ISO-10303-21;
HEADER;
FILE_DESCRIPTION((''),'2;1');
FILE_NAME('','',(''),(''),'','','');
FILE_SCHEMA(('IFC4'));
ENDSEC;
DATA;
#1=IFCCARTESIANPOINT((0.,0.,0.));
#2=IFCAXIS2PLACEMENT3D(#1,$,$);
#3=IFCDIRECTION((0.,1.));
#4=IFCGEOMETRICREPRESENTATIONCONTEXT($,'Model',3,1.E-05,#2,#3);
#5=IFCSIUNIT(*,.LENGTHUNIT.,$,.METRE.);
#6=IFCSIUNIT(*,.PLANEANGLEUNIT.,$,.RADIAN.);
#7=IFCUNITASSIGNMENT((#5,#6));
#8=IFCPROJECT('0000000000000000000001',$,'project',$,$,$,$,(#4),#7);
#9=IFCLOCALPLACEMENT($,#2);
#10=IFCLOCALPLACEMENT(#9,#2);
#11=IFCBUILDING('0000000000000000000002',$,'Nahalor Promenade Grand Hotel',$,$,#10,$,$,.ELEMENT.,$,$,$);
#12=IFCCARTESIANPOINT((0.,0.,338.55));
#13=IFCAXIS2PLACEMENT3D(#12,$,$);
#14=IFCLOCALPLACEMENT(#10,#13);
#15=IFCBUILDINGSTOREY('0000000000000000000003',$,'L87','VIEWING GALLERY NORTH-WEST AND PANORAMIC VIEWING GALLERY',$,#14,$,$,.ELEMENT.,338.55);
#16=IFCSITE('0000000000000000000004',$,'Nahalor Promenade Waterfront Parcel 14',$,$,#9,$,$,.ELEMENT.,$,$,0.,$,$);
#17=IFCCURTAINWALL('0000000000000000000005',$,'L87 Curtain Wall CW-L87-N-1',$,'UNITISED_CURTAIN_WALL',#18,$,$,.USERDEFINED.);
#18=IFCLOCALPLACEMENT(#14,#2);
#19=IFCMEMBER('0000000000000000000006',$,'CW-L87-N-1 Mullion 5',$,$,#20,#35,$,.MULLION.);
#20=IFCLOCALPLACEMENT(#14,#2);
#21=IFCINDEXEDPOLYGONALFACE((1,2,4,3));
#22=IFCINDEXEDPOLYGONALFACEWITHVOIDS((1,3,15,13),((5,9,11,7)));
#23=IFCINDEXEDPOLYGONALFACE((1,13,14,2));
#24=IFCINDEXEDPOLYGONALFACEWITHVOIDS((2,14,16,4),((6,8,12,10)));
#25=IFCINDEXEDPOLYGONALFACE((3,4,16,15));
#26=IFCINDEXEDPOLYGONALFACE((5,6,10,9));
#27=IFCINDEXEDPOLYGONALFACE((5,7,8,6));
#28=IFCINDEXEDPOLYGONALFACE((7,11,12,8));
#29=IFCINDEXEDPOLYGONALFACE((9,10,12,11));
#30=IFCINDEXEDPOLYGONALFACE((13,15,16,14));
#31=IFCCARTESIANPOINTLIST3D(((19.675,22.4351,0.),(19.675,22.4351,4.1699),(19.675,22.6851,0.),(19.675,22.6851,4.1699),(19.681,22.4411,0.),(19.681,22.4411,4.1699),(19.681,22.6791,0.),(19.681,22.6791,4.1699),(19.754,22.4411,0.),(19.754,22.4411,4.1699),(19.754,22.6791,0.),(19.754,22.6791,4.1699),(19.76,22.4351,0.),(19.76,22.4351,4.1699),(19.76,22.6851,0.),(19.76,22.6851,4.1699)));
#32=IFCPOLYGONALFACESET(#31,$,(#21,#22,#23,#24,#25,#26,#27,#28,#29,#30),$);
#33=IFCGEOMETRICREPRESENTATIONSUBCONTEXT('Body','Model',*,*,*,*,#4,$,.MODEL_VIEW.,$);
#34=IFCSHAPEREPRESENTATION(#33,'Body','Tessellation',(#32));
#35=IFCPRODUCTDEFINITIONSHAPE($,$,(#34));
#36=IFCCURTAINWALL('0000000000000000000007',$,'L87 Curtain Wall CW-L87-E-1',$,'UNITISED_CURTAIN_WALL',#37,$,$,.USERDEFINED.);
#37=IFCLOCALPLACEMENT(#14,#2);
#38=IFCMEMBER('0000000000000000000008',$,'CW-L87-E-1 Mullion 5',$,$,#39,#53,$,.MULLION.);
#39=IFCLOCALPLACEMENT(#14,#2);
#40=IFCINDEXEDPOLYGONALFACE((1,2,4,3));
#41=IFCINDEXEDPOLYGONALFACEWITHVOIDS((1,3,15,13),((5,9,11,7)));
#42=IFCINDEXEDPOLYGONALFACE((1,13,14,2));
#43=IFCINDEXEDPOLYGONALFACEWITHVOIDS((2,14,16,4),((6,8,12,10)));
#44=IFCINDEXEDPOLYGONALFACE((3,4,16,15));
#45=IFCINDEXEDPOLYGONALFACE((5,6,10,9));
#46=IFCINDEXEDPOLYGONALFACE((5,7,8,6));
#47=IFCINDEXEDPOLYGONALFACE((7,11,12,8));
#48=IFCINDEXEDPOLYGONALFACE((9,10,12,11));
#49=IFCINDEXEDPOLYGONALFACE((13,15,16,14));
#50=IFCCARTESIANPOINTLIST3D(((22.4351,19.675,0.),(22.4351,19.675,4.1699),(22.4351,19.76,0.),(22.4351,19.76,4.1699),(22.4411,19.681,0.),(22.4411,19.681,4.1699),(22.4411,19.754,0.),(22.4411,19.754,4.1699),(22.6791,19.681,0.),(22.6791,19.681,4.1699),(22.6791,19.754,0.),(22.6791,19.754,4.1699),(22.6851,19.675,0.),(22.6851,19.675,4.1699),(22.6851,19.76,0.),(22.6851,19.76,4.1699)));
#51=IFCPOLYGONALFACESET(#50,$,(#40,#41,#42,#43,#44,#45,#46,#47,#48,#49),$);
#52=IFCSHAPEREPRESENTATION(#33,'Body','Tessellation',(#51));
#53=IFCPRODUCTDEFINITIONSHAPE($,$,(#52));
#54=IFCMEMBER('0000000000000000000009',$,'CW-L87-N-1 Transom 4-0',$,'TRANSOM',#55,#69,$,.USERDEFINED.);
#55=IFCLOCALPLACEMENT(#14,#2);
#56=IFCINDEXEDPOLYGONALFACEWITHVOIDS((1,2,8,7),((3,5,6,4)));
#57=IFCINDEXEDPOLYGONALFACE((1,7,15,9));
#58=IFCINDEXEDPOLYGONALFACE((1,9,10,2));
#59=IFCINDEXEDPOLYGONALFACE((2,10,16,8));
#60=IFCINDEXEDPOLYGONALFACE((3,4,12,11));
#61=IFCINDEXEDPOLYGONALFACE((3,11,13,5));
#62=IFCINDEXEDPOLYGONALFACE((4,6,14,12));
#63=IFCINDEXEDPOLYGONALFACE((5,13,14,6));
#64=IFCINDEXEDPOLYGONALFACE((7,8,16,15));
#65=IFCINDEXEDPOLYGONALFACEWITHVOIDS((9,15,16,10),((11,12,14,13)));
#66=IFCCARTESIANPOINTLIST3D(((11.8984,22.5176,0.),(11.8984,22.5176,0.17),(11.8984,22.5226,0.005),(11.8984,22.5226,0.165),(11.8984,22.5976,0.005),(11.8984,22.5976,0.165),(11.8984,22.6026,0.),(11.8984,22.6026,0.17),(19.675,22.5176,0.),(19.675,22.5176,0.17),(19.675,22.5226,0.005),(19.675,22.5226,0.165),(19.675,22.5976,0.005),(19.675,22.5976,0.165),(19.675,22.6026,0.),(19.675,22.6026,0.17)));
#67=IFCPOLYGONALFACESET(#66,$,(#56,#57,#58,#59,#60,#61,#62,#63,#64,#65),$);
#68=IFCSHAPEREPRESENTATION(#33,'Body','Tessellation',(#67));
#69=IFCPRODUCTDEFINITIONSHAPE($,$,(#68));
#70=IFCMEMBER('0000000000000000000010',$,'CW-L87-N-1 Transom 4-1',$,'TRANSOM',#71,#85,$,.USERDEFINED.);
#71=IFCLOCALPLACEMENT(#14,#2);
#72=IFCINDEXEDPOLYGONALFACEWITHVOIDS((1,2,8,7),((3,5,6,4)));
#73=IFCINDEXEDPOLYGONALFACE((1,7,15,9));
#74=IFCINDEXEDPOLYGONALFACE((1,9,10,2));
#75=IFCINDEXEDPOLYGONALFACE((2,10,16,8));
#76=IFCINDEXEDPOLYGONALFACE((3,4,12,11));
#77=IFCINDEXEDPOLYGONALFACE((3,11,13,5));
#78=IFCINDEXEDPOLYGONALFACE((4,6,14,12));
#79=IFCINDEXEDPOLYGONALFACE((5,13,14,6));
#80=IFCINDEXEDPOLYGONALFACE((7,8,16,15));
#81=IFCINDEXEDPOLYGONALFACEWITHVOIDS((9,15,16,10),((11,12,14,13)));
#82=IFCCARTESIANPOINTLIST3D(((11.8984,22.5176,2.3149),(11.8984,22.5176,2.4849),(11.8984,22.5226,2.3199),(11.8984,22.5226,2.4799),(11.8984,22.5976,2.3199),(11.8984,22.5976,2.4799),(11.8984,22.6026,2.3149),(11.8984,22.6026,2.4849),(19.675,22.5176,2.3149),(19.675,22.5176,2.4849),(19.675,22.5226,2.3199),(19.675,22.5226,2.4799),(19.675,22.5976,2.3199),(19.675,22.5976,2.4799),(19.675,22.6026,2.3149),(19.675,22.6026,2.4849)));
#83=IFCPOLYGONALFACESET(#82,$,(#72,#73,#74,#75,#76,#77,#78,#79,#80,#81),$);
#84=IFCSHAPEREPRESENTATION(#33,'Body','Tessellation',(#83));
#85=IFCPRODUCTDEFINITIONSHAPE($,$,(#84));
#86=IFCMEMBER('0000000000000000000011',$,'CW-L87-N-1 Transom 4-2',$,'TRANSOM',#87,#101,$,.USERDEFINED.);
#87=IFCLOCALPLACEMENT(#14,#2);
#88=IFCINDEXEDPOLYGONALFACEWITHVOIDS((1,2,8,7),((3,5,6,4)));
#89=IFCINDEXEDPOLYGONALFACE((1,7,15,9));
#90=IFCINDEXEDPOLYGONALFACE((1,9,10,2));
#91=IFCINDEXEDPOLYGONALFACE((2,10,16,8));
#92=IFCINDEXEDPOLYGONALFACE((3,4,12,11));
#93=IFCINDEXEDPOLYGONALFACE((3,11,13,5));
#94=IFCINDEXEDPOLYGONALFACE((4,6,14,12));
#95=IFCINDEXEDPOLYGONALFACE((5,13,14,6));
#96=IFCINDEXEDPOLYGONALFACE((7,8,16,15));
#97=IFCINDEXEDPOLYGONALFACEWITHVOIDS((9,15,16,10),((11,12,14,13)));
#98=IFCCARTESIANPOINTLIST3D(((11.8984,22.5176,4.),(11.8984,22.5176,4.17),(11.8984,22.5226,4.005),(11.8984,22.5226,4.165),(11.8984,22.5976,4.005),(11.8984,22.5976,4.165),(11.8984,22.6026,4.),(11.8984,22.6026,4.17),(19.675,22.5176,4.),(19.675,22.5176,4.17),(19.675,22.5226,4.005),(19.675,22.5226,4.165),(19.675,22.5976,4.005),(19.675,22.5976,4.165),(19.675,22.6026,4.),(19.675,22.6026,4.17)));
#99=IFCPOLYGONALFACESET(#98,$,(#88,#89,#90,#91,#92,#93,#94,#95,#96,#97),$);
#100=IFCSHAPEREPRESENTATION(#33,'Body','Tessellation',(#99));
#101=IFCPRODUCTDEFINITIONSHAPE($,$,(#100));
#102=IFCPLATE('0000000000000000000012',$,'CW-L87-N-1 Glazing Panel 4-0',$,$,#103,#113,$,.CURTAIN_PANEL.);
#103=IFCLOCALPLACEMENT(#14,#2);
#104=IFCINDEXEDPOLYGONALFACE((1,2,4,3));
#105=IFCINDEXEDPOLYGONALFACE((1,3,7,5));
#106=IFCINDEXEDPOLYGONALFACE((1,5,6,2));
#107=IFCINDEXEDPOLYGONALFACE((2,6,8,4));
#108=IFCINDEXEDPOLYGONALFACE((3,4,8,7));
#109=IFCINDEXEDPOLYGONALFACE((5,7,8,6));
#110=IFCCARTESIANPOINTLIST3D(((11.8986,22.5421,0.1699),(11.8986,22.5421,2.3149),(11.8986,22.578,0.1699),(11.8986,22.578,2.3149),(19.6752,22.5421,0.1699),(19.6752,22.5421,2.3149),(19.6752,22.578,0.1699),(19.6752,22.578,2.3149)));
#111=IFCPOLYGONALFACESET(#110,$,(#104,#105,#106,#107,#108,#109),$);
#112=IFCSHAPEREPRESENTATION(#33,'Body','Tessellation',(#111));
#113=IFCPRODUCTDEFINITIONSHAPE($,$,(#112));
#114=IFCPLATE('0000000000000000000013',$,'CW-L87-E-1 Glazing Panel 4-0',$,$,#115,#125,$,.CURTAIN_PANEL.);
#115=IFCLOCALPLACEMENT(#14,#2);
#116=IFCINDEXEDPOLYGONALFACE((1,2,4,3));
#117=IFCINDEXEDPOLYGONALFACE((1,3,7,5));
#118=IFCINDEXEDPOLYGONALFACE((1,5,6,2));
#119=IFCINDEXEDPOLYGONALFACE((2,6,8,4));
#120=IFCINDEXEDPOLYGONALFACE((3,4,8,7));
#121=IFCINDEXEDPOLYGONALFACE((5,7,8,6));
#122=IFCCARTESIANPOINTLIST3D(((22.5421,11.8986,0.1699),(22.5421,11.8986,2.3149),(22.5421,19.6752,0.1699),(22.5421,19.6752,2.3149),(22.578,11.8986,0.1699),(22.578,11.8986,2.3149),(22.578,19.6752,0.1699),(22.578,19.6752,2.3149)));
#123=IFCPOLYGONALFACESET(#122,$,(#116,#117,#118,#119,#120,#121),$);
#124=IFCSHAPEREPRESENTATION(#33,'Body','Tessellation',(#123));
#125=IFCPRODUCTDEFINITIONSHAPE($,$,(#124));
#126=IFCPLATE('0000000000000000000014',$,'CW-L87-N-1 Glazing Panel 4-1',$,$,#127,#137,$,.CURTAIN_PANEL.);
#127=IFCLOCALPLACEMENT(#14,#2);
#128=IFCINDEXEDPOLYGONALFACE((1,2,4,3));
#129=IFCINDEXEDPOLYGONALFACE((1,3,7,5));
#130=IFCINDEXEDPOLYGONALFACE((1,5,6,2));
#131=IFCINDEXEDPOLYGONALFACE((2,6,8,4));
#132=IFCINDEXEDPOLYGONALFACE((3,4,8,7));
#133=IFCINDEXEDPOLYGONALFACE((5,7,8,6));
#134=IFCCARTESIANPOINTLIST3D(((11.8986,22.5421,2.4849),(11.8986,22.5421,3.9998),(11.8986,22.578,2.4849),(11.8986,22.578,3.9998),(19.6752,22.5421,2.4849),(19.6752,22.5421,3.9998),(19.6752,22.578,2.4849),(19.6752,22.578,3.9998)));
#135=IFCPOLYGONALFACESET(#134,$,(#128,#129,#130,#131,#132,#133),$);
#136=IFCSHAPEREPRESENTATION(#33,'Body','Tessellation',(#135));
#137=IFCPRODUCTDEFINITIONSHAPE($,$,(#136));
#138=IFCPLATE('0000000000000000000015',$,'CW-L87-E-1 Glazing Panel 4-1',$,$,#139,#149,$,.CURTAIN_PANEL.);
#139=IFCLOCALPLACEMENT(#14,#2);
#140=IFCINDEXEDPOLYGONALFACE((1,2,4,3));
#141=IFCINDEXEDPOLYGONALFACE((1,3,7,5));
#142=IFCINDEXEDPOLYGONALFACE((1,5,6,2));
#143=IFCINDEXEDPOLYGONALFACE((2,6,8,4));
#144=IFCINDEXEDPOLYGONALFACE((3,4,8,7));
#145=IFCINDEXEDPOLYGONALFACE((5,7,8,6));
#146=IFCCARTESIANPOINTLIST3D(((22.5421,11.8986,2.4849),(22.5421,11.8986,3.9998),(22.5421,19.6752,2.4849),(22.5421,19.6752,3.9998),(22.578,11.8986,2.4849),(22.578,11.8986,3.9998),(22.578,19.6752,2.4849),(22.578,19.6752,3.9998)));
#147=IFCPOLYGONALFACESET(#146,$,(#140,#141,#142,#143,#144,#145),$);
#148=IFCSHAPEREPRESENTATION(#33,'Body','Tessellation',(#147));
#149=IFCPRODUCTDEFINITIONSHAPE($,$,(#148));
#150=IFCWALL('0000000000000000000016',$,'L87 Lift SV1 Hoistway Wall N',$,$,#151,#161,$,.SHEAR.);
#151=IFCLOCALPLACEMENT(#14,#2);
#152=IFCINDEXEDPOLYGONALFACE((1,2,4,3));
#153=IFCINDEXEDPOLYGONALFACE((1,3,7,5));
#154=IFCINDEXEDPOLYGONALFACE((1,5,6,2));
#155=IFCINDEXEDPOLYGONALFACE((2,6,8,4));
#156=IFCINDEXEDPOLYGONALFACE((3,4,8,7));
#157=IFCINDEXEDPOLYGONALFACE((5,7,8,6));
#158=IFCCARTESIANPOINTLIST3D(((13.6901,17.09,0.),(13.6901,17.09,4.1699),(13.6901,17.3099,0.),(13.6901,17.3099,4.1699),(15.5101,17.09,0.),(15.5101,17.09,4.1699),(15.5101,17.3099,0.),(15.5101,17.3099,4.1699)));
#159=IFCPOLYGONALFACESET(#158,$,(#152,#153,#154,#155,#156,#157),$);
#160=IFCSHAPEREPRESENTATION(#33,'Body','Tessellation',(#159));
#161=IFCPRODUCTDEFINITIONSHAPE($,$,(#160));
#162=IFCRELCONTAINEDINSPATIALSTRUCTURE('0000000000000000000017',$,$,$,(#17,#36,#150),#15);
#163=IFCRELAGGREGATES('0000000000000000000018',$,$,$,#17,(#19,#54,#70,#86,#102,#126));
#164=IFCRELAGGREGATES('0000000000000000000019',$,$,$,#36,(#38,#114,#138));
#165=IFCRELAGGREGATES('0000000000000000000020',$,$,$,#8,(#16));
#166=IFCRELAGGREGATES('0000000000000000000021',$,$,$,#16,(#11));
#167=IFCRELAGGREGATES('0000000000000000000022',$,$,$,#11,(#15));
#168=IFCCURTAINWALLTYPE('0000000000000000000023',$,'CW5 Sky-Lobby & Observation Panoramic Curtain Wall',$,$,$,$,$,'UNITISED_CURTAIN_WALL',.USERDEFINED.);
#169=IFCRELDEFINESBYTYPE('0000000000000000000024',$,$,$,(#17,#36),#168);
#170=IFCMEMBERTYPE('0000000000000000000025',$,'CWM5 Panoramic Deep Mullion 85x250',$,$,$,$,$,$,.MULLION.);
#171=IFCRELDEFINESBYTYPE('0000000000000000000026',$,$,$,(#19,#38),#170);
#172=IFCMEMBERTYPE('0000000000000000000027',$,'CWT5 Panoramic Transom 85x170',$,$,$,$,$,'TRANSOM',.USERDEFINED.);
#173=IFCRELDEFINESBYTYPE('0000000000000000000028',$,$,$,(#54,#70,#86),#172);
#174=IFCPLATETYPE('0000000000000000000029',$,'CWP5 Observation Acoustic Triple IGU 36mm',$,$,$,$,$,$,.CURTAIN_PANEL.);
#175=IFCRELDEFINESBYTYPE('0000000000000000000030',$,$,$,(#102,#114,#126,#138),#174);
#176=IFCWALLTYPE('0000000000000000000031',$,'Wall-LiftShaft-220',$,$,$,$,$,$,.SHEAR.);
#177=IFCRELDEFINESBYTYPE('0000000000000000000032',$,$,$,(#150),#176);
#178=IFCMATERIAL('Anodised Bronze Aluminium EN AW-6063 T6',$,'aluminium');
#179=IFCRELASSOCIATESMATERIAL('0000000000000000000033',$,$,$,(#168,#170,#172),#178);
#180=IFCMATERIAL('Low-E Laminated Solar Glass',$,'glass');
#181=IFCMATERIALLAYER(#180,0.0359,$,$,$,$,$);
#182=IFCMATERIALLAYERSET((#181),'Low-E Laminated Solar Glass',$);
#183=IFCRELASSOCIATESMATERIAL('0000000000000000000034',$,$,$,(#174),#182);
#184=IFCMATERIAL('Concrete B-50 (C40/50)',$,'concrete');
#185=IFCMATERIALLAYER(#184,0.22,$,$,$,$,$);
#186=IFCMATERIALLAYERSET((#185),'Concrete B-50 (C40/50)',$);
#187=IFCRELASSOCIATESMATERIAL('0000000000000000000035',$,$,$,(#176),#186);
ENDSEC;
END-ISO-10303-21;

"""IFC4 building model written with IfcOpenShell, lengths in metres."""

from ifc_helpers import new_model, si_unit, direction, frame, frame_2d, origin, origin_2d, place, context, subcontext, project, spatial, rectangle, hollow_rectangle, extrude, source, transform, mapped, material, layer, layer_set, material_profile, profile_set, type_object, element, aggregate, save


model = new_model("IFC4")

# Units and contexts
model_context = context("Model", 3, precision=1e-05, world=origin(), true_north=direction((0.0, 1.0)))
body_context = subcontext(model_context, "Body", "Model", "MODEL_VIEW")
ifc_project = project(units=[si_unit("LENGTHUNIT", "METRE"), si_unit("PLANEANGLEUNIT", "RADIAN")], contexts=[model_context])

# Site, building, storey
site_placement = place(None, origin())
site = spatial("IfcSite", under=ifc_project, at=site_placement, Name="Nahalor Promenade Waterfront Parcel 14", CompositionType="ELEMENT", RefElevation=0.0)
building_placement = place(site_placement, origin())
building = spatial("IfcBuilding", under=site, at=building_placement, Name="Nahalor Promenade Grand Hotel", CompositionType="ELEMENT")
storey_placement = place(building_placement, frame((0.0, 0.0, 338.55)))
storey = spatial("IfcBuildingStorey", under=building, at=storey_placement, Name="L87", Description="VIEWING GALLERY NORTH-WEST AND PANORAMIC VIEWING GALLERY", CompositionType="ELEMENT", Elevation=338.55)

# Shared definitions
ifc_material_1 = material(Name="Concrete B-50 (C40/50)", Category="concrete")

# Curtain wall, member
ifc_material_2 = material(Name="Anodised Bronze Aluminium EN AW-6063 T6", Category="aluminium")
curtain_wall_type = type_object("IfcCurtainWallType", Name="CW5 Sky-Lobby & Observation Panoramic Curtain Wall", ElementType="UNITISED_CURTAIN_WALL", PredefinedType="USERDEFINED", material=ifc_material_2)
curtain_wall_1_placement = place(storey_placement, origin())
curtain_wall_1 = element("IfcCurtainWall", 1, at=curtain_wall_1_placement, inside=storey, type_object=curtain_wall_type, Name="L87 Curtain Wall CW-L87-N-1", ObjectType="UNITISED_CURTAIN_WALL", PredefinedType="USERDEFINED")
ifc_material_profile_1 = material_profile(ifc_material_2, hollow_rectangle(XDim=0.085, YDim=0.25, WallThickness=0.006, at=origin_2d()), Name="CWM 85x250x6")
ifc_profile_set_1 = profile_set([ifc_material_profile_1], Name="Anodised Bronze Aluminium EN AW-6063 T6")
member_type_1 = type_object("IfcMemberType", Name="CWM5 Panoramic Deep Mullion 85x250", PredefinedType="MULLION", material=ifc_profile_set_1)
shared_shape_1 = source(origin(), body_context, "Body", "SweptSolid", [
    extrude(hollow_rectangle(XDim=0.085, YDim=0.25, WallThickness=0.006, at=origin_2d()), origin(), (0.0, 0.0, 1.0), 4.1699),
])
member_1_placement = place(storey_placement, frame((19.7175, 22.5601, 0.0), z_axis=(0.0, 0.0, 1.0), x_axis=(1.0, 0.0, 0.0)))
member_1 = element("IfcMember", 2, at=member_1_placement, type_object=member_type_1, Name="CW-L87-N-1 Mullion 5", PredefinedType="MULLION", context=body_context, shape_type="MappedRepresentation", body=[
    mapped(shared_shape_1, transform((0.0, 0.0, 0.0), scale=1.0)),
])

# Curtain wall, member
curtain_wall_2_placement = place(storey_placement, origin())
curtain_wall_2 = element("IfcCurtainWall", 3, at=curtain_wall_2_placement, inside=storey, type_object=curtain_wall_type, Name="L87 Curtain Wall CW-L87-E-1", ObjectType="UNITISED_CURTAIN_WALL", PredefinedType="USERDEFINED")
member_2_placement = place(storey_placement, frame((22.5601, 19.7175, 0.0), z_axis=(0.0, 0.0, 1.0), x_axis=(0.0, 1.0, 0.0)))
member_2 = element("IfcMember", 4, at=member_2_placement, type_object=member_type_1, Name="CW-L87-E-1 Mullion 5", PredefinedType="MULLION", context=body_context, shape_type="MappedRepresentation", body=[
    mapped(shared_shape_1, transform((0.0, 0.0, 0.0), scale=1.0)),
])

# Members
ifc_material_profile_2 = material_profile(ifc_material_2, hollow_rectangle(XDim=0.085, YDim=0.17, WallThickness=0.005, at=origin_2d()), Name="CWT 85x170x5")
ifc_profile_set_2 = profile_set([ifc_material_profile_2], Name="Anodised Bronze Aluminium EN AW-6063 T6")
member_type_2 = type_object("IfcMemberType", Name="CWT5 Panoramic Transom 85x170", ElementType="TRANSOM", PredefinedType="USERDEFINED", material=ifc_profile_set_2)
shared_shape_2 = source(origin(), body_context, "Body", "SweptSolid", [
    extrude(hollow_rectangle(XDim=0.085, YDim=0.17, WallThickness=0.005, at=origin_2d()), origin(), (0.0, 0.0, 1.0), 7.7766),
])
member_3_placement = place(storey_placement, frame((11.8984, 22.5601, 0.085), z_axis=(1.0, 0.0, 0.0), x_axis=(0.0, 1.0, 0.0)))
member_3 = element("IfcMember", 5, at=member_3_placement, type_object=member_type_2, Name="CW-L87-N-1 Transom 4-0", ObjectType="TRANSOM", PredefinedType="USERDEFINED", context=body_context, shape_type="MappedRepresentation", body=[
    mapped(shared_shape_2, transform((0.0, 0.0, 0.0), scale=1.0)),
])
member_4_placement = place(storey_placement, frame((11.8984, 22.5601, 2.3999), z_axis=(1.0, 0.0, 0.0), x_axis=(0.0, 1.0, 0.0)))
member_4 = element("IfcMember", 6, at=member_4_placement, type_object=member_type_2, Name="CW-L87-N-1 Transom 4-1", ObjectType="TRANSOM", PredefinedType="USERDEFINED", context=body_context, shape_type="MappedRepresentation", body=[
    mapped(shared_shape_2, transform((0.0, 0.0, 0.0), scale=1.0)),
])
member_5_placement = place(storey_placement, frame((11.8984, 22.5601, 4.085), z_axis=(1.0, 0.0, 0.0), x_axis=(0.0, 1.0, 0.0)))
member_5 = element("IfcMember", 7, at=member_5_placement, type_object=member_type_2, Name="CW-L87-N-1 Transom 4-2", ObjectType="TRANSOM", PredefinedType="USERDEFINED", context=body_context, shape_type="MappedRepresentation", body=[
    mapped(shared_shape_2, transform((0.0, 0.0, 0.0), scale=1.0)),
])

# Plates
ifc_material_3 = material(Name="Low-E Laminated Solar Glass", Category="glass")
ifc_layer_1 = layer(ifc_material_3, 0.0359)
ifc_layer_set_1 = layer_set([ifc_layer_1], Name="Low-E Laminated Solar Glass")
plate_type = type_object("IfcPlateType", Name="CWP5 Observation Acoustic Triple IGU 36mm", PredefinedType="CURTAIN_PANEL", material=ifc_layer_set_1)
shared_shape_3 = source(origin(), body_context, "Body", "SweptSolid", [
    extrude(rectangle(XDim=7.7766, YDim=0.0359, at=origin_2d()), origin(), (0.0, 0.0, 1.0), 2.145),
])
plate_1_placement = place(storey_placement, frame((15.7869, 22.5601, 0.1699), z_axis=(0.0, 0.0, 1.0), x_axis=(1.0, 0.0, 0.0)))
plate_1 = element("IfcPlate", 8, at=plate_1_placement, type_object=plate_type, Name="CW-L87-N-1 Glazing Panel 4-0", PredefinedType="CURTAIN_PANEL", context=body_context, shape_type="MappedRepresentation", body=[
    mapped(shared_shape_3, transform((0.0, 0.0, 0.0), scale=1.0)),
])
plate_2_placement = place(storey_placement, frame((22.5601, 15.7869, 0.1699), z_axis=(0.0, 0.0, 1.0), x_axis=(0.0, 1.0, 0.0)))
plate_2 = element("IfcPlate", 9, at=plate_2_placement, type_object=plate_type, Name="CW-L87-E-1 Glazing Panel 4-0", PredefinedType="CURTAIN_PANEL", context=body_context, shape_type="MappedRepresentation", body=[
    mapped(shared_shape_3, transform((0.0, 0.0, 0.0), scale=1.0)),
])
shared_shape_4 = source(origin(), body_context, "Body", "SweptSolid", [
    extrude(rectangle(XDim=7.7766, YDim=0.0359, at=origin_2d()), origin(), (0.0, 0.0, 1.0), 1.5149),
])
plate_3_placement = place(storey_placement, frame((15.7869, 22.5601, 2.4849), z_axis=(0.0, 0.0, 1.0), x_axis=(1.0, 0.0, 0.0)))
plate_3 = element("IfcPlate", 10, at=plate_3_placement, type_object=plate_type, Name="CW-L87-N-1 Glazing Panel 4-1", PredefinedType="CURTAIN_PANEL", context=body_context, shape_type="MappedRepresentation", body=[
    mapped(shared_shape_4, transform((0.0, 0.0, 0.0), scale=1.0)),
])
aggregate(curtain_wall_1, [member_1, member_3, member_4, member_5, plate_1, plate_3])
plate_4_placement = place(storey_placement, frame((22.5601, 15.7869, 2.4849), z_axis=(0.0, 0.0, 1.0), x_axis=(0.0, 1.0, 0.0)))
plate_4 = element("IfcPlate", 11, at=plate_4_placement, type_object=plate_type, Name="CW-L87-E-1 Glazing Panel 4-1", PredefinedType="CURTAIN_PANEL", context=body_context, shape_type="MappedRepresentation", body=[
    mapped(shared_shape_4, transform((0.0, 0.0, 0.0), scale=1.0)),
])
aggregate(curtain_wall_2, [member_2, plate_2, plate_4])

# Wall
ifc_layer_2 = layer(ifc_material_1, 0.22)
ifc_layer_set_2 = layer_set([ifc_layer_2], Name="Concrete B-50 (C40/50)")
wall_type_1 = type_object("IfcWallType", Name="Wall-LiftShaft-220", PredefinedType="SHEAR", material=ifc_layer_set_2)
shared_shape_5 = source(origin(), body_context, "Body", "SweptSolid", [
    extrude(rectangle(XDim=1.8201, YDim=0.22, at=frame_2d((0.9102, 0.0))), origin(), (0.0, 0.0, 1.0), 4.1699),
])
wall_1_placement = place(storey_placement, frame((13.6899, 17.2, 0.0), z_axis=(0.0, 0.0, 1.0), x_axis=(1.0, 0.0, 0.0)))
element("IfcWall", 12, at=wall_1_placement, inside=storey, type_object=wall_type_1, Name="L87 Lift SV1 Hoistway Wall N", PredefinedType="SHEAR", context=body_context, shape_type="MappedRepresentation", body=[
    mapped(shared_shape_5, transform((0.0, 0.0, 0.0), scale=1.0)),
])

save(model, "model.ifc")
